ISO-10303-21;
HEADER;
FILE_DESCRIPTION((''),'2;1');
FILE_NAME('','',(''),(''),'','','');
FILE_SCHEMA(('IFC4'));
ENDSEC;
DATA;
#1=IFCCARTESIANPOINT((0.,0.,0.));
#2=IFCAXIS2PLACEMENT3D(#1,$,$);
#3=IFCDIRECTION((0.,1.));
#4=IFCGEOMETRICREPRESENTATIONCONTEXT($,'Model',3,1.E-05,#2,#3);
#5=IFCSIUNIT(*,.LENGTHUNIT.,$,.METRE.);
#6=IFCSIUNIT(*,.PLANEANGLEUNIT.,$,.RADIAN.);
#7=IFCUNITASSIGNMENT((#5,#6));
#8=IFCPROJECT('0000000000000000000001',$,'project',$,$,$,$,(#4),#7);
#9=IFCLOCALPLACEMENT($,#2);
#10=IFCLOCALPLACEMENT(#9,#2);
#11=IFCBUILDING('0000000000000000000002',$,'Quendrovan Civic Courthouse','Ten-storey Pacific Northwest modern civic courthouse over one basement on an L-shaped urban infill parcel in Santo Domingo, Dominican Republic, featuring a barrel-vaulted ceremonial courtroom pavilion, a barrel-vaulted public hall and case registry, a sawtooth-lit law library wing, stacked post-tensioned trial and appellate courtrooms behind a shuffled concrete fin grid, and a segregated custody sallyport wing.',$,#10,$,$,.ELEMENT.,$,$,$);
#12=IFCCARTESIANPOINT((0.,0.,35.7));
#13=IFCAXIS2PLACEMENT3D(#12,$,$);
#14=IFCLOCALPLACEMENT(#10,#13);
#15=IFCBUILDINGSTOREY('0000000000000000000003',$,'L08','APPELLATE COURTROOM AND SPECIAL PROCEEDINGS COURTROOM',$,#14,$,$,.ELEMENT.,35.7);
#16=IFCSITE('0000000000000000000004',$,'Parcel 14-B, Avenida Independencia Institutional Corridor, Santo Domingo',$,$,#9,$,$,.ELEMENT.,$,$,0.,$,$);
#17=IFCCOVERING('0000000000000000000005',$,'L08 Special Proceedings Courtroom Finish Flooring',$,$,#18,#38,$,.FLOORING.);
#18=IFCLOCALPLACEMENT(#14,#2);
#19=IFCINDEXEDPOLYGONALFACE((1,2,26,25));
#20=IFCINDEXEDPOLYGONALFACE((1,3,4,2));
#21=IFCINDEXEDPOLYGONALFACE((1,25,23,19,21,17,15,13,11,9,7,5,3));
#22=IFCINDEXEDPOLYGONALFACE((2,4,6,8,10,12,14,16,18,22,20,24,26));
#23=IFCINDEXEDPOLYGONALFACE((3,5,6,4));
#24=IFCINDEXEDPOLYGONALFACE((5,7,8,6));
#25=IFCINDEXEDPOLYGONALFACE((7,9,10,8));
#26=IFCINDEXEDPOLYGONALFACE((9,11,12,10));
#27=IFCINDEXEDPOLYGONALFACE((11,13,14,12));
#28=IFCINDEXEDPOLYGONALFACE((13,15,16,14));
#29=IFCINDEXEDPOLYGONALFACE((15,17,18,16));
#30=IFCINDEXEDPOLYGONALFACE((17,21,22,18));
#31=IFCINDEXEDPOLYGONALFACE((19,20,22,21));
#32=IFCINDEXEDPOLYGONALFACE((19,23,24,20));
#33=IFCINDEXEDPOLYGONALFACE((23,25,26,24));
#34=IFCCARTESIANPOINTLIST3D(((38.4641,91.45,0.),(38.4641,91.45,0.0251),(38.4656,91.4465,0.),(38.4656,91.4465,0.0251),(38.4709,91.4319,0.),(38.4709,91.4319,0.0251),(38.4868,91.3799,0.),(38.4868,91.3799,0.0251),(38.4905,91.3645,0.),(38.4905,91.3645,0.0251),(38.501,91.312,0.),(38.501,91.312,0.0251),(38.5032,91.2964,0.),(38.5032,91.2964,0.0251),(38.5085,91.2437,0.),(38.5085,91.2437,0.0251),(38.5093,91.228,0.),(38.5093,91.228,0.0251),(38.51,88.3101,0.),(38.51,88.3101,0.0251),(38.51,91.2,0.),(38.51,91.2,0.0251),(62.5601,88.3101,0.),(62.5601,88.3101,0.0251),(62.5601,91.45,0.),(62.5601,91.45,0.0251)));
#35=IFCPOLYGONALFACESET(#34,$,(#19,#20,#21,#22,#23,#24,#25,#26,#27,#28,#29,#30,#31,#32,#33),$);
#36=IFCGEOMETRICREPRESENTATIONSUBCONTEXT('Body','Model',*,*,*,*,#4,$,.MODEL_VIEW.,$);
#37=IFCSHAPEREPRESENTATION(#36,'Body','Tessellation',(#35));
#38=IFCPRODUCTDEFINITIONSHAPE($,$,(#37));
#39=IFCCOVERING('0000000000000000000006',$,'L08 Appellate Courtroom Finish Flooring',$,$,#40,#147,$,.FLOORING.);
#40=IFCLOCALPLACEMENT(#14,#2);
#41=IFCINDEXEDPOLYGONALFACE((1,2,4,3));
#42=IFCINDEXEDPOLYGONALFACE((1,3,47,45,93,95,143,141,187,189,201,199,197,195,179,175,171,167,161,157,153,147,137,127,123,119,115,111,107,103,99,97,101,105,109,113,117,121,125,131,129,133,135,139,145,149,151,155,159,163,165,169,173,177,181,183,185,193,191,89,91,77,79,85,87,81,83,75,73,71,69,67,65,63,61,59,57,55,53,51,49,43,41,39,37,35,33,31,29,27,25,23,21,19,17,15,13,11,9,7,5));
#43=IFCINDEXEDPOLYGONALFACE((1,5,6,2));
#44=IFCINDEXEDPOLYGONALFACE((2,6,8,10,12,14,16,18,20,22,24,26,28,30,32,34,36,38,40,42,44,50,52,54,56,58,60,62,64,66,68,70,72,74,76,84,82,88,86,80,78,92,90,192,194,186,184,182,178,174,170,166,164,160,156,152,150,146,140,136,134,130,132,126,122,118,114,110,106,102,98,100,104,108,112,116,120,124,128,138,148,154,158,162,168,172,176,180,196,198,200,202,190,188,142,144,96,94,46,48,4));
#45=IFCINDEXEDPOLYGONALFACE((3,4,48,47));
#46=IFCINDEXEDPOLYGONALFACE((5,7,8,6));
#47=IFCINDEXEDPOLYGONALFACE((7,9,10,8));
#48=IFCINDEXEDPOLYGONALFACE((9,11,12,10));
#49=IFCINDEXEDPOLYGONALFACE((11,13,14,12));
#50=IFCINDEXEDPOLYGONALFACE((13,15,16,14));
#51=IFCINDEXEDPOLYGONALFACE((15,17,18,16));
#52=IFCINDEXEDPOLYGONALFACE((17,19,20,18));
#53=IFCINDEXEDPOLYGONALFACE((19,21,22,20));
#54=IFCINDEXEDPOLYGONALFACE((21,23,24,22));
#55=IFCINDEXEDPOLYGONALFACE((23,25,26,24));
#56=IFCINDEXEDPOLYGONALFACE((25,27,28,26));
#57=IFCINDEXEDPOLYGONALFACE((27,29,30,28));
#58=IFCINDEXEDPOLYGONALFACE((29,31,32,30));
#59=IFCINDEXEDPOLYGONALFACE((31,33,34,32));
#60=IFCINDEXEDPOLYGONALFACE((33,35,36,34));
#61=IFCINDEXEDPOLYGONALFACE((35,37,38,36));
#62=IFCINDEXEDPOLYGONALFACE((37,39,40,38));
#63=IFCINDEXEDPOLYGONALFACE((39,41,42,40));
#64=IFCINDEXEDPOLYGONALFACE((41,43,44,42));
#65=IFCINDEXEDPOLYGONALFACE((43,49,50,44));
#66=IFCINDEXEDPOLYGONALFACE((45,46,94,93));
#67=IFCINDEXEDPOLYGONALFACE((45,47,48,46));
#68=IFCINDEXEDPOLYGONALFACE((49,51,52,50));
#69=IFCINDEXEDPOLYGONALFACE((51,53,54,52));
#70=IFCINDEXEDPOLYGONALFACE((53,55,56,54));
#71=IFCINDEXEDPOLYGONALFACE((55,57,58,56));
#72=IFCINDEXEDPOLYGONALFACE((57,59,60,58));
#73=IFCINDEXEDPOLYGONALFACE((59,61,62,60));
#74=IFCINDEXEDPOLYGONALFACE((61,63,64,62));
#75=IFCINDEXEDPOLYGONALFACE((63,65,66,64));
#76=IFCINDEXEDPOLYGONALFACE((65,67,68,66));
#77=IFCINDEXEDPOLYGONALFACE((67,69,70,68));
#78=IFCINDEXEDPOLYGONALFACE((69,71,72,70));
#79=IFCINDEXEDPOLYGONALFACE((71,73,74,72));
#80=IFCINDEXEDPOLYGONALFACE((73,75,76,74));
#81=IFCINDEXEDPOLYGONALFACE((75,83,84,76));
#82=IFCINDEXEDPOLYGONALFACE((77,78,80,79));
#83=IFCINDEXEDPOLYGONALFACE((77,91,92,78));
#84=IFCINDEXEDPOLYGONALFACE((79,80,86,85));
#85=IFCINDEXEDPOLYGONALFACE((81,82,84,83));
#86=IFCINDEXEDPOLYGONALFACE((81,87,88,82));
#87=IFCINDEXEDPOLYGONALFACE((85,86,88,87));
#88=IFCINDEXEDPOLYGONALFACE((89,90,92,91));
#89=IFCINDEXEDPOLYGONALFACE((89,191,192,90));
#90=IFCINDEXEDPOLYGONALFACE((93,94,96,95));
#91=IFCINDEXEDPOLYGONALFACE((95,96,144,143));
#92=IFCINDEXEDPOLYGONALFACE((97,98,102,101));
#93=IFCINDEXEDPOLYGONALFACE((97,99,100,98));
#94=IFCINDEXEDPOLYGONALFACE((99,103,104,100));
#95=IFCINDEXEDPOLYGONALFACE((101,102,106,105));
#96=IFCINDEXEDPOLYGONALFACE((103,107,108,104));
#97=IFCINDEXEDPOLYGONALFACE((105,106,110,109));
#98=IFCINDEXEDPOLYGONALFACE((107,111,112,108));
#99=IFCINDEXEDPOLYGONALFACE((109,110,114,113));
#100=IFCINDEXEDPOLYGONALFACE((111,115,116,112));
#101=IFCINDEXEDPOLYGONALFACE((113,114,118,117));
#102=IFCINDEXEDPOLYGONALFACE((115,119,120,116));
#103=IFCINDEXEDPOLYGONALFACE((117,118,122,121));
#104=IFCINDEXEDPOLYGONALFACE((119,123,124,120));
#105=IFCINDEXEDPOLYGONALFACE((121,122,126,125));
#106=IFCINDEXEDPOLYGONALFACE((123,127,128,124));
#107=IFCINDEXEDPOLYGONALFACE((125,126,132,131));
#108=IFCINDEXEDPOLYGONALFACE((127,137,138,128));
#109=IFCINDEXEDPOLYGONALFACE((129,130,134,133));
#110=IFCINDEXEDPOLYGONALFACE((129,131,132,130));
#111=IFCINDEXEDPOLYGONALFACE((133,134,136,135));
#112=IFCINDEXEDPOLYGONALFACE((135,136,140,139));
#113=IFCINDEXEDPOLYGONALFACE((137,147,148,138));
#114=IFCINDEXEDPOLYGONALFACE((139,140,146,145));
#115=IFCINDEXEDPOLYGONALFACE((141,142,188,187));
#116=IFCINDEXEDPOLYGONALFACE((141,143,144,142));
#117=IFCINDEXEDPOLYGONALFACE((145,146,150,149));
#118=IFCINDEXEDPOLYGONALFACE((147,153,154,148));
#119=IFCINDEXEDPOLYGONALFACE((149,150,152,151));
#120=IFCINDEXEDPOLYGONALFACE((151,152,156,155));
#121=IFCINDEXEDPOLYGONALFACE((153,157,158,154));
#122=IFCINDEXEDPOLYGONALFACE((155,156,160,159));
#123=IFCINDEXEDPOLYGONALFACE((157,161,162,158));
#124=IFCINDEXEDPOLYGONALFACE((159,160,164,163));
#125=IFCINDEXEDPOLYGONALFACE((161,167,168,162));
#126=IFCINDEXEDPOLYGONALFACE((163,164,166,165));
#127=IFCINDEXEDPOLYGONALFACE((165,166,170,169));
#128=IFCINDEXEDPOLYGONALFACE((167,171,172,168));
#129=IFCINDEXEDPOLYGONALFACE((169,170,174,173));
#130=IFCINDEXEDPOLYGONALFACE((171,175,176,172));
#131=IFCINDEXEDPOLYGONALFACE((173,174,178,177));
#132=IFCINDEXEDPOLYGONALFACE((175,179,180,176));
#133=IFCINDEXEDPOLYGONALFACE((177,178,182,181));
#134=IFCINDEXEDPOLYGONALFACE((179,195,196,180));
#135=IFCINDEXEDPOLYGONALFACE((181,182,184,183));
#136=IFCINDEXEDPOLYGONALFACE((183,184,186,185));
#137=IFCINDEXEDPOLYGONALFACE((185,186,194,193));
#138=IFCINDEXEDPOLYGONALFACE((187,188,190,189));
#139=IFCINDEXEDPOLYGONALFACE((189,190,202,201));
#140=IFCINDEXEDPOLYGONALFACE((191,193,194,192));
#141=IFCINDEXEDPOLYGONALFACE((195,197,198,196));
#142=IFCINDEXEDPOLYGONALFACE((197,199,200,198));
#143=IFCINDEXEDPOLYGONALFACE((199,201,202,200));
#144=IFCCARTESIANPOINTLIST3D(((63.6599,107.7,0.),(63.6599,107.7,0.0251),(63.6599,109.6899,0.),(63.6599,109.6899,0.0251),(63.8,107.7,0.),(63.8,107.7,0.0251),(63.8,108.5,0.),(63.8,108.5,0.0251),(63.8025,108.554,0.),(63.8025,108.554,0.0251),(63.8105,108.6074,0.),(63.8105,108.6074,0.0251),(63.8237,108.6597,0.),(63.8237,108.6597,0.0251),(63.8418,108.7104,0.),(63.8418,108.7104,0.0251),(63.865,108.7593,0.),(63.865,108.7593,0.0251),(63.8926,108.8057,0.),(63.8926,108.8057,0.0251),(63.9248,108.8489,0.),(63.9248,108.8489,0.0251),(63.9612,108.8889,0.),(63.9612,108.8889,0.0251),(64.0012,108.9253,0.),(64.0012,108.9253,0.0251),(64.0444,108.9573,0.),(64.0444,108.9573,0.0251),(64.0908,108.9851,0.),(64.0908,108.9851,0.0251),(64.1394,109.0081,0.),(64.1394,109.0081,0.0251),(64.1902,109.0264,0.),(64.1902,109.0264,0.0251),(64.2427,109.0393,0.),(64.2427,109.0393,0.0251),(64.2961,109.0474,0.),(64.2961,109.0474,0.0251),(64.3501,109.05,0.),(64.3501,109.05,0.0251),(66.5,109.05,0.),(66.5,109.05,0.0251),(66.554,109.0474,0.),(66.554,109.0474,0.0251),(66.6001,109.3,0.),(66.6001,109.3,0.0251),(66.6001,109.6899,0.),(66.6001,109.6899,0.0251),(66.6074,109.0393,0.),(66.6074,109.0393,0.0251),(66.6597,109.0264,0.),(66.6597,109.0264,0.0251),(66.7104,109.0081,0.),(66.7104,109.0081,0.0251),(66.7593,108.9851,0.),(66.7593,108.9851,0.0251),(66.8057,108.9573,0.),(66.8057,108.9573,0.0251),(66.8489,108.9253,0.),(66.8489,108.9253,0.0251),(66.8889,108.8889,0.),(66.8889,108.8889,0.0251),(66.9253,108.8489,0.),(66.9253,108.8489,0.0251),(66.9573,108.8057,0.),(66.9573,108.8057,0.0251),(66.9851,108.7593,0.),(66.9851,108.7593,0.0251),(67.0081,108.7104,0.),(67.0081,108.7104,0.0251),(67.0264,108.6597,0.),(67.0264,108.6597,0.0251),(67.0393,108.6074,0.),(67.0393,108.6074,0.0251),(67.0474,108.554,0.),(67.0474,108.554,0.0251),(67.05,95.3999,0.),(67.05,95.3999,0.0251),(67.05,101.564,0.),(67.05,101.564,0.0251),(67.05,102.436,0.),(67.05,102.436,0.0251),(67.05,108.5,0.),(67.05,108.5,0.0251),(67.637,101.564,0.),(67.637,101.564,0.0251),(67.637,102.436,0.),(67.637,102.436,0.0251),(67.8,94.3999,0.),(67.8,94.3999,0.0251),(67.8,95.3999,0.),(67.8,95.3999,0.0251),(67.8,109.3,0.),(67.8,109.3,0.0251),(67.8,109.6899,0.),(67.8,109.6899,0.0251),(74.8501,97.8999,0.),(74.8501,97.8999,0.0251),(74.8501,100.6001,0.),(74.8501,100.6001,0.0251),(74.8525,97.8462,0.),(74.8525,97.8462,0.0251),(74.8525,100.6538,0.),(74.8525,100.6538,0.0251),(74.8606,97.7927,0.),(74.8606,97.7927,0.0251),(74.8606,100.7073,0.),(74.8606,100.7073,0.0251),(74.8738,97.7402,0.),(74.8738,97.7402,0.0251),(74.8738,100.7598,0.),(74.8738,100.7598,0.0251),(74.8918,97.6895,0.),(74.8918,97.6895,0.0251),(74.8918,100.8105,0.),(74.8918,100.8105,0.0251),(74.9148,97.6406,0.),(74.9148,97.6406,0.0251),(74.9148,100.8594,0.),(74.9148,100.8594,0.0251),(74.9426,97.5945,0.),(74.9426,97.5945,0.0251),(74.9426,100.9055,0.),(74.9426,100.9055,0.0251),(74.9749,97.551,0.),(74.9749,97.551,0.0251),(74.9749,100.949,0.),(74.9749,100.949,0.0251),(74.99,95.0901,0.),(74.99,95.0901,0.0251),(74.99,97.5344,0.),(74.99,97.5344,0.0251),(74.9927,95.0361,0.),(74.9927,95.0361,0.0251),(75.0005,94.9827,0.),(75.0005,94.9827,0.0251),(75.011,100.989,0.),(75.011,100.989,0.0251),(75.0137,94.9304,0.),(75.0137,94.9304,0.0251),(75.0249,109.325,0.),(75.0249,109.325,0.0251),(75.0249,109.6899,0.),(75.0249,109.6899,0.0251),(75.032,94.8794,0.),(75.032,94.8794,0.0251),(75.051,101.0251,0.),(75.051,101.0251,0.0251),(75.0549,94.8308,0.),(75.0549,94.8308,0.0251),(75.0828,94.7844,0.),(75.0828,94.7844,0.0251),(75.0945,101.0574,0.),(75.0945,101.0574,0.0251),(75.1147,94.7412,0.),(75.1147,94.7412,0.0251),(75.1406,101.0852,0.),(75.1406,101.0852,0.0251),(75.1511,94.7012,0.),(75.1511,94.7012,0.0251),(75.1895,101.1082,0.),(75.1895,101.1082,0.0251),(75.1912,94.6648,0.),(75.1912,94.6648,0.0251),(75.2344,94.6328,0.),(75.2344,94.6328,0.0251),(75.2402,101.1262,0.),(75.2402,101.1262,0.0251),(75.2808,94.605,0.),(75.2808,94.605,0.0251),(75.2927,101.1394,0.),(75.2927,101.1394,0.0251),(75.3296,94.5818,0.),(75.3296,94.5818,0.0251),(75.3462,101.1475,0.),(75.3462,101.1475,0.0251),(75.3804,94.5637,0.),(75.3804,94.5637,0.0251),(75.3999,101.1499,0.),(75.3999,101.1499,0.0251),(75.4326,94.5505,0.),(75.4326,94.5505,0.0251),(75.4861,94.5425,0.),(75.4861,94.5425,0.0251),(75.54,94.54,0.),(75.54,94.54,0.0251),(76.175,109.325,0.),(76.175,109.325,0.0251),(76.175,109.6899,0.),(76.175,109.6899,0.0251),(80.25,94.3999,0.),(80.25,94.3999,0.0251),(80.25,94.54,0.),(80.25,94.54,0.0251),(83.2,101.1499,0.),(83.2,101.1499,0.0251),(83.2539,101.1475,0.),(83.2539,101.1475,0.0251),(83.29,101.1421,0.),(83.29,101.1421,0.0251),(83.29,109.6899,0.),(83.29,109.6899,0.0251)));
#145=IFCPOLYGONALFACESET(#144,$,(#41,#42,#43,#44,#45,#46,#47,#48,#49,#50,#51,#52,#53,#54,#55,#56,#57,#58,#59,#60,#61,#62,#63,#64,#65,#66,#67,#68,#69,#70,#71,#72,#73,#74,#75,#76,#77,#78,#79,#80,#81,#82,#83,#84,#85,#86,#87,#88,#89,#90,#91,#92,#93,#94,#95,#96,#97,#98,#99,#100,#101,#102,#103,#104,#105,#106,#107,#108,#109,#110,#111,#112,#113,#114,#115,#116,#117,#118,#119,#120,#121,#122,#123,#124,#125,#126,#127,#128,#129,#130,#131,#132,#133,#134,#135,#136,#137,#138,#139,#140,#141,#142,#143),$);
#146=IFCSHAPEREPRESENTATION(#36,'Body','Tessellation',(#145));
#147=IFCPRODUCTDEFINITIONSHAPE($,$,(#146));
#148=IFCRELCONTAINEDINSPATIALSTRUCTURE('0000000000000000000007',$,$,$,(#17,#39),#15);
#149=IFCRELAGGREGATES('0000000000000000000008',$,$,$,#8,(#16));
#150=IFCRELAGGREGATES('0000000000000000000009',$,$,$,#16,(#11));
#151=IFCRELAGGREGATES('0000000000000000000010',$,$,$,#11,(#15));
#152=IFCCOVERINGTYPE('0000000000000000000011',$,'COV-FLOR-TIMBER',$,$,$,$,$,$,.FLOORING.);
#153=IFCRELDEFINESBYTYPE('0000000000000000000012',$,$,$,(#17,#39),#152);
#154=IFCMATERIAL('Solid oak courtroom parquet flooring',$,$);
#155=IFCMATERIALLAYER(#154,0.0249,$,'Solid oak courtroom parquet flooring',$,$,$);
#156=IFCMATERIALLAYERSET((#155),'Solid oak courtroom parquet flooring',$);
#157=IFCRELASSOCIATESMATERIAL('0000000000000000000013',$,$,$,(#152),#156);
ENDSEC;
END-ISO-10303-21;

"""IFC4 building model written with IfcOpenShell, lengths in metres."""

from ifc_helpers import new_model, si_unit, direction, frame, origin, place, context, subcontext, project, spatial, polyline, outline, extrude, material, layer, layer_set, type_object, element, save


model = new_model("IFC4")

# Units and contexts
model_context = context("Model", 3, precision=1e-05, world=origin(), true_north=direction((0.0, 1.0)))
body_context = subcontext(model_context, "Body", "Model", "MODEL_VIEW")
ifc_project = project(units=[si_unit("LENGTHUNIT", "METRE"), si_unit("PLANEANGLEUNIT", "RADIAN")], contexts=[model_context])

# Site, building, storey
site_placement = place(None, origin())
site = spatial("IfcSite", under=ifc_project, at=site_placement, Name="Parcel 14-B, Avenida Independencia Institutional Corridor, Santo Domingo", CompositionType="ELEMENT", RefElevation=0.0)
building_placement = place(site_placement, origin())
building = spatial("IfcBuilding", under=site, at=building_placement, Name="Quendrovan Civic Courthouse", Description="Ten-storey Pacific Northwest modern civic courthouse over one basement on an L-shaped urban infill parcel in Santo Domingo, Dominican Republic, featuring a barrel-vaulted ceremonial courtroom pavilion, a barrel-vaulted public hall and case registry, a sawtooth-lit law library wing, stacked post-tensioned trial and appellate courtrooms behind a shuffled concrete fin grid, and a segregated custody sallyport wing.", CompositionType="ELEMENT")
storey_placement = place(building_placement, frame((0.0, 0.0, 35.7)))
storey = spatial("IfcBuildingStorey", under=building, at=storey_placement, Name="L08", Description="APPELLATE COURTROOM AND SPECIAL PROCEEDINGS COURTROOM", CompositionType="ELEMENT", Elevation=35.7)

# Coverings
ifc_material_1 = material(Name="Solid oak courtroom parquet flooring")
ifc_layer_1 = layer(ifc_material_1, 0.0249, Name="Solid oak courtroom parquet flooring")
ifc_layer_set_1 = layer_set([ifc_layer_1], Name="Solid oak courtroom parquet flooring")
covering_type_1 = type_object("IfcCoveringType", Name="COV-FLOR-TIMBER", PredefinedType="FLOORING", material=ifc_layer_set_1)
covering_1_placement = place(storey_placement, origin())
element("IfcCovering", 1, at=covering_1_placement, inside=storey, type_object=covering_type_1, Name="L08 Special Proceedings Courtroom Finish Flooring", PredefinedType="FLOORING", context=body_context, shape_type="SweptSolid", body=[
    extrude(outline(polyline([(38.5032, 91.2964), (38.501, 91.312), (38.4905, 91.3645), (38.4868, 91.3799), (38.4709, 91.4319), (38.4656, 91.4465), (38.4641, 91.45), (62.5601, 91.45), (62.5601, 88.3101), (38.51, 88.3101), (38.51, 91.2), (38.5093, 91.228), (38.5085, 91.2437), (38.5032, 91.2964)])), origin(), (0.0, 0.0, 1.0), 0.0251),
])
covering_2_placement = place(storey_placement, origin())
element("IfcCovering", 2, at=covering_2_placement, inside=storey, type_object=covering_type_1, Name="L08 Appellate Courtroom Finish Flooring", PredefinedType="FLOORING", context=body_context, shape_type="SweptSolid", body=[
    extrude(outline(polyline([(67.8, 94.3999), (67.8, 95.3999), (67.05, 95.3999), (67.05, 101.564), (67.637, 101.564), (67.637, 102.436), (67.05, 102.436), (67.05, 108.5), (67.0474, 108.554), (67.0393, 108.6074), (67.0264, 108.6597), (67.0081, 108.7104), (66.9851, 108.7593), (66.9573, 108.8057), (66.9253, 108.8489), (66.8889, 108.8889), (66.8489, 108.9253), (66.8057, 108.9573), (66.7593, 108.9851), (66.7104, 109.0081), (66.6597, 109.0264), (66.6074, 109.0393), (66.554, 109.0474), (66.5, 109.05), (64.3501, 109.05), (64.2961, 109.0474), (64.2427, 109.0393), (64.1902, 109.0264), (64.1394, 109.0081), (64.0908, 108.9851), (64.0444, 108.9573), (64.0012, 108.9253), (63.9612, 108.8889), (63.9248, 108.8489), (63.8926, 108.8057), (63.865, 108.7593), (63.8418, 108.7104), (63.8237, 108.6597), (63.8105, 108.6074), (63.8025, 108.554), (63.8, 108.5), (63.8, 107.7), (63.6599, 107.7), (63.6599, 109.6899), (66.6001, 109.6899), (66.6001, 109.3), (67.8, 109.3), (67.8, 109.6899), (75.0249, 109.6899), (75.0249, 109.325), (76.175, 109.325), (76.175, 109.6899), (83.29, 109.6899), (83.29, 101.1421), (83.2539, 101.1475), (83.2, 101.1499), (75.3999, 101.1499), (75.3462, 101.1475), (75.2927, 101.1394), (75.2402, 101.1262), (75.1895, 101.1082), (75.1406, 101.0852), (75.0945, 101.0574), (75.051, 101.0251), (75.011, 100.989), (74.9749, 100.949), (74.9426, 100.9055), (74.9148, 100.8594), (74.8918, 100.8105), (74.8738, 100.7598), (74.8606, 100.7073), (74.8525, 100.6538), (74.8501, 100.6001), (74.8501, 97.8999), (74.8525, 97.8462), (74.8606, 97.7927), (74.8738, 97.7402), (74.8918, 97.6895), (74.9148, 97.6406), (74.9426, 97.5945), (74.9749, 97.551), (74.99, 97.5344), (74.99, 95.0901), (74.9927, 95.0361), (75.0005, 94.9827), (75.0137, 94.9304), (75.032, 94.8794), (75.0549, 94.8308), (75.0828, 94.7844), (75.1147, 94.7412), (75.1511, 94.7012), (75.1912, 94.6648), (75.2344, 94.6328), (75.2808, 94.605), (75.3296, 94.5818), (75.3804, 94.5637), (75.4326, 94.5505), (75.4861, 94.5425), (75.54, 94.54), (80.25, 94.54), (80.25, 94.3999), (67.8, 94.3999)])), origin(), (0.0, 0.0, 1.0), 0.0251),
])

save(model, "model.ifc")
